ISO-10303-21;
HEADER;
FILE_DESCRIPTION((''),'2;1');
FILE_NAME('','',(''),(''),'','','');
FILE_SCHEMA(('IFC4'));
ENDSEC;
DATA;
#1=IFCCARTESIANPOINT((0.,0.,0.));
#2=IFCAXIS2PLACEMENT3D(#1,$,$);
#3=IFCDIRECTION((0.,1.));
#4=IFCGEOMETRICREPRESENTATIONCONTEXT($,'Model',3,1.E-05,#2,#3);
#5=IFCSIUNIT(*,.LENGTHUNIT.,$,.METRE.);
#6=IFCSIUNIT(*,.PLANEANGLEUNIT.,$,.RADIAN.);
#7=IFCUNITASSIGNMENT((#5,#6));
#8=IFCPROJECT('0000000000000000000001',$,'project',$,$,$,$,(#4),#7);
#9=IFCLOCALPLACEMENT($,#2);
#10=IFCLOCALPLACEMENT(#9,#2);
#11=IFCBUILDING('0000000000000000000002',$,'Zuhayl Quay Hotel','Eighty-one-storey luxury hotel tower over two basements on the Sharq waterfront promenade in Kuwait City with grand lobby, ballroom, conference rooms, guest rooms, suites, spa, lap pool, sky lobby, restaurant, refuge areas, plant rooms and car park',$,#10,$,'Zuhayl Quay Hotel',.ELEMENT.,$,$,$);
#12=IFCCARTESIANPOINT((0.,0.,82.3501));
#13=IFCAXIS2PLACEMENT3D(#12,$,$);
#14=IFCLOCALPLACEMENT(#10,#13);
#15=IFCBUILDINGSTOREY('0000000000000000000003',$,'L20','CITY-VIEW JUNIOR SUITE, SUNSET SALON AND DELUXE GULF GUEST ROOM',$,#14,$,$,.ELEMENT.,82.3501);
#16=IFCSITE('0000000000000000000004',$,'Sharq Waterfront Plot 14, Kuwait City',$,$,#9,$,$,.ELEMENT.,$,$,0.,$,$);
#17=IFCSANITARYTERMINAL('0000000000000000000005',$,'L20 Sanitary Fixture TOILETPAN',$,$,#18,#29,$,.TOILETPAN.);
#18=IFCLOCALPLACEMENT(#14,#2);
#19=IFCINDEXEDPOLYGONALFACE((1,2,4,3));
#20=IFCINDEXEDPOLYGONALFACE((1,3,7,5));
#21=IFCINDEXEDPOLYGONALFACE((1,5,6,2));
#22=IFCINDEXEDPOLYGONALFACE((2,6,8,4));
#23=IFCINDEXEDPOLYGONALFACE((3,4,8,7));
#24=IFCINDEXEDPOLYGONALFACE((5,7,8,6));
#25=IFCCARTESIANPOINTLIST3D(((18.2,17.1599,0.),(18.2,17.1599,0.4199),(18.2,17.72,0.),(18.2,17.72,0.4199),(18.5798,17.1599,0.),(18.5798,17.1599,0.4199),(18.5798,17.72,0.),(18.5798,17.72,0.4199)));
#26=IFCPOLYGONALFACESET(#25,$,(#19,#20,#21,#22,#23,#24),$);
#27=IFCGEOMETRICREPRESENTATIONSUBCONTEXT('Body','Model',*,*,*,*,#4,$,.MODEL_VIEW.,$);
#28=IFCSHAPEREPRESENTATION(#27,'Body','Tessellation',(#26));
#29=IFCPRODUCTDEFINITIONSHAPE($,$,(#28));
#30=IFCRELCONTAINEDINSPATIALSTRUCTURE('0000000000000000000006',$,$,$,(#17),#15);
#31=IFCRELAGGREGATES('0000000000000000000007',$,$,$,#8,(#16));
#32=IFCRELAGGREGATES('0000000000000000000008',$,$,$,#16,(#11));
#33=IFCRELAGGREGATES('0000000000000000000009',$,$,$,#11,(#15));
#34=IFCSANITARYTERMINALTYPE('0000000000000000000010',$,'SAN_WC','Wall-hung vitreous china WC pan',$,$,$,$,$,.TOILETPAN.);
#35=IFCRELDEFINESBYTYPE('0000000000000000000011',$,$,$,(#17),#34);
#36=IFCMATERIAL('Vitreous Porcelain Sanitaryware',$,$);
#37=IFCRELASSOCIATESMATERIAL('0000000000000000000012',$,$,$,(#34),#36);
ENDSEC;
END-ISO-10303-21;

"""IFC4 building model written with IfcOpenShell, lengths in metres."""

from ifc_helpers import new_model, si_unit, direction, frame, origin, origin_2d, place, context, subcontext, project, spatial, rectangle, extrude, material, type_object, element, save


model = new_model("IFC4")

# Units and contexts
model_context = context("Model", 3, precision=1e-05, world=origin(), true_north=direction((0.0, 1.0)))
body_context = subcontext(model_context, "Body", "Model", "MODEL_VIEW")
ifc_project = project(units=[si_unit("LENGTHUNIT", "METRE"), si_unit("PLANEANGLEUNIT", "RADIAN")], contexts=[model_context])

# Site, building, storey
site_placement = place(None, origin())
site = spatial("IfcSite", under=ifc_project, at=site_placement, Name="Sharq Waterfront Plot 14, Kuwait City", CompositionType="ELEMENT", RefElevation=0.0)
building_placement = place(site_placement, origin())
building = spatial("IfcBuilding", under=site, at=building_placement, Name="Zuhayl Quay Hotel", Description="Eighty-one-storey luxury hotel tower over two basements on the Sharq waterfront promenade in Kuwait City with grand lobby, ballroom, conference rooms, guest rooms, suites, spa, lap pool, sky lobby, restaurant, refuge areas, plant rooms and car park", LongName="Zuhayl Quay Hotel", CompositionType="ELEMENT")
storey_placement = place(building_placement, frame((0.0, 0.0, 82.3501)))
storey = spatial("IfcBuildingStorey", under=building, at=storey_placement, Name="L20", Description="CITY-VIEW JUNIOR SUITE, SUNSET SALON AND DELUXE GULF GUEST ROOM", CompositionType="ELEMENT", Elevation=82.3501)

# Sanitary terminal
ifc_material_1 = material(Name="Vitreous Porcelain Sanitaryware")
sanitary_terminal_type_1 = type_object("IfcSanitaryTerminalType", Name="SAN_WC", Description="Wall-hung vitreous china WC pan", PredefinedType="TOILETPAN", material=ifc_material_1)
sanitary_terminal_1_placement = place(storey_placement, frame((18.3899, 17.4399, 0.0), z_axis=(0.0, 0.0, 1.0), x_axis=(1.0, 0.0, 0.0)))
element("IfcSanitaryTerminal", 1, at=sanitary_terminal_1_placement, inside=storey, type_object=sanitary_terminal_type_1, Name="L20 Sanitary Fixture TOILETPAN", PredefinedType="TOILETPAN", context=body_context, shape_type="SweptSolid", body=[
    extrude(rectangle(XDim=0.3799, YDim=0.5601, at=origin_2d()), origin(), (0.0, 0.0, 1.0), 0.4199),
])

save(model, "model.ifc")
